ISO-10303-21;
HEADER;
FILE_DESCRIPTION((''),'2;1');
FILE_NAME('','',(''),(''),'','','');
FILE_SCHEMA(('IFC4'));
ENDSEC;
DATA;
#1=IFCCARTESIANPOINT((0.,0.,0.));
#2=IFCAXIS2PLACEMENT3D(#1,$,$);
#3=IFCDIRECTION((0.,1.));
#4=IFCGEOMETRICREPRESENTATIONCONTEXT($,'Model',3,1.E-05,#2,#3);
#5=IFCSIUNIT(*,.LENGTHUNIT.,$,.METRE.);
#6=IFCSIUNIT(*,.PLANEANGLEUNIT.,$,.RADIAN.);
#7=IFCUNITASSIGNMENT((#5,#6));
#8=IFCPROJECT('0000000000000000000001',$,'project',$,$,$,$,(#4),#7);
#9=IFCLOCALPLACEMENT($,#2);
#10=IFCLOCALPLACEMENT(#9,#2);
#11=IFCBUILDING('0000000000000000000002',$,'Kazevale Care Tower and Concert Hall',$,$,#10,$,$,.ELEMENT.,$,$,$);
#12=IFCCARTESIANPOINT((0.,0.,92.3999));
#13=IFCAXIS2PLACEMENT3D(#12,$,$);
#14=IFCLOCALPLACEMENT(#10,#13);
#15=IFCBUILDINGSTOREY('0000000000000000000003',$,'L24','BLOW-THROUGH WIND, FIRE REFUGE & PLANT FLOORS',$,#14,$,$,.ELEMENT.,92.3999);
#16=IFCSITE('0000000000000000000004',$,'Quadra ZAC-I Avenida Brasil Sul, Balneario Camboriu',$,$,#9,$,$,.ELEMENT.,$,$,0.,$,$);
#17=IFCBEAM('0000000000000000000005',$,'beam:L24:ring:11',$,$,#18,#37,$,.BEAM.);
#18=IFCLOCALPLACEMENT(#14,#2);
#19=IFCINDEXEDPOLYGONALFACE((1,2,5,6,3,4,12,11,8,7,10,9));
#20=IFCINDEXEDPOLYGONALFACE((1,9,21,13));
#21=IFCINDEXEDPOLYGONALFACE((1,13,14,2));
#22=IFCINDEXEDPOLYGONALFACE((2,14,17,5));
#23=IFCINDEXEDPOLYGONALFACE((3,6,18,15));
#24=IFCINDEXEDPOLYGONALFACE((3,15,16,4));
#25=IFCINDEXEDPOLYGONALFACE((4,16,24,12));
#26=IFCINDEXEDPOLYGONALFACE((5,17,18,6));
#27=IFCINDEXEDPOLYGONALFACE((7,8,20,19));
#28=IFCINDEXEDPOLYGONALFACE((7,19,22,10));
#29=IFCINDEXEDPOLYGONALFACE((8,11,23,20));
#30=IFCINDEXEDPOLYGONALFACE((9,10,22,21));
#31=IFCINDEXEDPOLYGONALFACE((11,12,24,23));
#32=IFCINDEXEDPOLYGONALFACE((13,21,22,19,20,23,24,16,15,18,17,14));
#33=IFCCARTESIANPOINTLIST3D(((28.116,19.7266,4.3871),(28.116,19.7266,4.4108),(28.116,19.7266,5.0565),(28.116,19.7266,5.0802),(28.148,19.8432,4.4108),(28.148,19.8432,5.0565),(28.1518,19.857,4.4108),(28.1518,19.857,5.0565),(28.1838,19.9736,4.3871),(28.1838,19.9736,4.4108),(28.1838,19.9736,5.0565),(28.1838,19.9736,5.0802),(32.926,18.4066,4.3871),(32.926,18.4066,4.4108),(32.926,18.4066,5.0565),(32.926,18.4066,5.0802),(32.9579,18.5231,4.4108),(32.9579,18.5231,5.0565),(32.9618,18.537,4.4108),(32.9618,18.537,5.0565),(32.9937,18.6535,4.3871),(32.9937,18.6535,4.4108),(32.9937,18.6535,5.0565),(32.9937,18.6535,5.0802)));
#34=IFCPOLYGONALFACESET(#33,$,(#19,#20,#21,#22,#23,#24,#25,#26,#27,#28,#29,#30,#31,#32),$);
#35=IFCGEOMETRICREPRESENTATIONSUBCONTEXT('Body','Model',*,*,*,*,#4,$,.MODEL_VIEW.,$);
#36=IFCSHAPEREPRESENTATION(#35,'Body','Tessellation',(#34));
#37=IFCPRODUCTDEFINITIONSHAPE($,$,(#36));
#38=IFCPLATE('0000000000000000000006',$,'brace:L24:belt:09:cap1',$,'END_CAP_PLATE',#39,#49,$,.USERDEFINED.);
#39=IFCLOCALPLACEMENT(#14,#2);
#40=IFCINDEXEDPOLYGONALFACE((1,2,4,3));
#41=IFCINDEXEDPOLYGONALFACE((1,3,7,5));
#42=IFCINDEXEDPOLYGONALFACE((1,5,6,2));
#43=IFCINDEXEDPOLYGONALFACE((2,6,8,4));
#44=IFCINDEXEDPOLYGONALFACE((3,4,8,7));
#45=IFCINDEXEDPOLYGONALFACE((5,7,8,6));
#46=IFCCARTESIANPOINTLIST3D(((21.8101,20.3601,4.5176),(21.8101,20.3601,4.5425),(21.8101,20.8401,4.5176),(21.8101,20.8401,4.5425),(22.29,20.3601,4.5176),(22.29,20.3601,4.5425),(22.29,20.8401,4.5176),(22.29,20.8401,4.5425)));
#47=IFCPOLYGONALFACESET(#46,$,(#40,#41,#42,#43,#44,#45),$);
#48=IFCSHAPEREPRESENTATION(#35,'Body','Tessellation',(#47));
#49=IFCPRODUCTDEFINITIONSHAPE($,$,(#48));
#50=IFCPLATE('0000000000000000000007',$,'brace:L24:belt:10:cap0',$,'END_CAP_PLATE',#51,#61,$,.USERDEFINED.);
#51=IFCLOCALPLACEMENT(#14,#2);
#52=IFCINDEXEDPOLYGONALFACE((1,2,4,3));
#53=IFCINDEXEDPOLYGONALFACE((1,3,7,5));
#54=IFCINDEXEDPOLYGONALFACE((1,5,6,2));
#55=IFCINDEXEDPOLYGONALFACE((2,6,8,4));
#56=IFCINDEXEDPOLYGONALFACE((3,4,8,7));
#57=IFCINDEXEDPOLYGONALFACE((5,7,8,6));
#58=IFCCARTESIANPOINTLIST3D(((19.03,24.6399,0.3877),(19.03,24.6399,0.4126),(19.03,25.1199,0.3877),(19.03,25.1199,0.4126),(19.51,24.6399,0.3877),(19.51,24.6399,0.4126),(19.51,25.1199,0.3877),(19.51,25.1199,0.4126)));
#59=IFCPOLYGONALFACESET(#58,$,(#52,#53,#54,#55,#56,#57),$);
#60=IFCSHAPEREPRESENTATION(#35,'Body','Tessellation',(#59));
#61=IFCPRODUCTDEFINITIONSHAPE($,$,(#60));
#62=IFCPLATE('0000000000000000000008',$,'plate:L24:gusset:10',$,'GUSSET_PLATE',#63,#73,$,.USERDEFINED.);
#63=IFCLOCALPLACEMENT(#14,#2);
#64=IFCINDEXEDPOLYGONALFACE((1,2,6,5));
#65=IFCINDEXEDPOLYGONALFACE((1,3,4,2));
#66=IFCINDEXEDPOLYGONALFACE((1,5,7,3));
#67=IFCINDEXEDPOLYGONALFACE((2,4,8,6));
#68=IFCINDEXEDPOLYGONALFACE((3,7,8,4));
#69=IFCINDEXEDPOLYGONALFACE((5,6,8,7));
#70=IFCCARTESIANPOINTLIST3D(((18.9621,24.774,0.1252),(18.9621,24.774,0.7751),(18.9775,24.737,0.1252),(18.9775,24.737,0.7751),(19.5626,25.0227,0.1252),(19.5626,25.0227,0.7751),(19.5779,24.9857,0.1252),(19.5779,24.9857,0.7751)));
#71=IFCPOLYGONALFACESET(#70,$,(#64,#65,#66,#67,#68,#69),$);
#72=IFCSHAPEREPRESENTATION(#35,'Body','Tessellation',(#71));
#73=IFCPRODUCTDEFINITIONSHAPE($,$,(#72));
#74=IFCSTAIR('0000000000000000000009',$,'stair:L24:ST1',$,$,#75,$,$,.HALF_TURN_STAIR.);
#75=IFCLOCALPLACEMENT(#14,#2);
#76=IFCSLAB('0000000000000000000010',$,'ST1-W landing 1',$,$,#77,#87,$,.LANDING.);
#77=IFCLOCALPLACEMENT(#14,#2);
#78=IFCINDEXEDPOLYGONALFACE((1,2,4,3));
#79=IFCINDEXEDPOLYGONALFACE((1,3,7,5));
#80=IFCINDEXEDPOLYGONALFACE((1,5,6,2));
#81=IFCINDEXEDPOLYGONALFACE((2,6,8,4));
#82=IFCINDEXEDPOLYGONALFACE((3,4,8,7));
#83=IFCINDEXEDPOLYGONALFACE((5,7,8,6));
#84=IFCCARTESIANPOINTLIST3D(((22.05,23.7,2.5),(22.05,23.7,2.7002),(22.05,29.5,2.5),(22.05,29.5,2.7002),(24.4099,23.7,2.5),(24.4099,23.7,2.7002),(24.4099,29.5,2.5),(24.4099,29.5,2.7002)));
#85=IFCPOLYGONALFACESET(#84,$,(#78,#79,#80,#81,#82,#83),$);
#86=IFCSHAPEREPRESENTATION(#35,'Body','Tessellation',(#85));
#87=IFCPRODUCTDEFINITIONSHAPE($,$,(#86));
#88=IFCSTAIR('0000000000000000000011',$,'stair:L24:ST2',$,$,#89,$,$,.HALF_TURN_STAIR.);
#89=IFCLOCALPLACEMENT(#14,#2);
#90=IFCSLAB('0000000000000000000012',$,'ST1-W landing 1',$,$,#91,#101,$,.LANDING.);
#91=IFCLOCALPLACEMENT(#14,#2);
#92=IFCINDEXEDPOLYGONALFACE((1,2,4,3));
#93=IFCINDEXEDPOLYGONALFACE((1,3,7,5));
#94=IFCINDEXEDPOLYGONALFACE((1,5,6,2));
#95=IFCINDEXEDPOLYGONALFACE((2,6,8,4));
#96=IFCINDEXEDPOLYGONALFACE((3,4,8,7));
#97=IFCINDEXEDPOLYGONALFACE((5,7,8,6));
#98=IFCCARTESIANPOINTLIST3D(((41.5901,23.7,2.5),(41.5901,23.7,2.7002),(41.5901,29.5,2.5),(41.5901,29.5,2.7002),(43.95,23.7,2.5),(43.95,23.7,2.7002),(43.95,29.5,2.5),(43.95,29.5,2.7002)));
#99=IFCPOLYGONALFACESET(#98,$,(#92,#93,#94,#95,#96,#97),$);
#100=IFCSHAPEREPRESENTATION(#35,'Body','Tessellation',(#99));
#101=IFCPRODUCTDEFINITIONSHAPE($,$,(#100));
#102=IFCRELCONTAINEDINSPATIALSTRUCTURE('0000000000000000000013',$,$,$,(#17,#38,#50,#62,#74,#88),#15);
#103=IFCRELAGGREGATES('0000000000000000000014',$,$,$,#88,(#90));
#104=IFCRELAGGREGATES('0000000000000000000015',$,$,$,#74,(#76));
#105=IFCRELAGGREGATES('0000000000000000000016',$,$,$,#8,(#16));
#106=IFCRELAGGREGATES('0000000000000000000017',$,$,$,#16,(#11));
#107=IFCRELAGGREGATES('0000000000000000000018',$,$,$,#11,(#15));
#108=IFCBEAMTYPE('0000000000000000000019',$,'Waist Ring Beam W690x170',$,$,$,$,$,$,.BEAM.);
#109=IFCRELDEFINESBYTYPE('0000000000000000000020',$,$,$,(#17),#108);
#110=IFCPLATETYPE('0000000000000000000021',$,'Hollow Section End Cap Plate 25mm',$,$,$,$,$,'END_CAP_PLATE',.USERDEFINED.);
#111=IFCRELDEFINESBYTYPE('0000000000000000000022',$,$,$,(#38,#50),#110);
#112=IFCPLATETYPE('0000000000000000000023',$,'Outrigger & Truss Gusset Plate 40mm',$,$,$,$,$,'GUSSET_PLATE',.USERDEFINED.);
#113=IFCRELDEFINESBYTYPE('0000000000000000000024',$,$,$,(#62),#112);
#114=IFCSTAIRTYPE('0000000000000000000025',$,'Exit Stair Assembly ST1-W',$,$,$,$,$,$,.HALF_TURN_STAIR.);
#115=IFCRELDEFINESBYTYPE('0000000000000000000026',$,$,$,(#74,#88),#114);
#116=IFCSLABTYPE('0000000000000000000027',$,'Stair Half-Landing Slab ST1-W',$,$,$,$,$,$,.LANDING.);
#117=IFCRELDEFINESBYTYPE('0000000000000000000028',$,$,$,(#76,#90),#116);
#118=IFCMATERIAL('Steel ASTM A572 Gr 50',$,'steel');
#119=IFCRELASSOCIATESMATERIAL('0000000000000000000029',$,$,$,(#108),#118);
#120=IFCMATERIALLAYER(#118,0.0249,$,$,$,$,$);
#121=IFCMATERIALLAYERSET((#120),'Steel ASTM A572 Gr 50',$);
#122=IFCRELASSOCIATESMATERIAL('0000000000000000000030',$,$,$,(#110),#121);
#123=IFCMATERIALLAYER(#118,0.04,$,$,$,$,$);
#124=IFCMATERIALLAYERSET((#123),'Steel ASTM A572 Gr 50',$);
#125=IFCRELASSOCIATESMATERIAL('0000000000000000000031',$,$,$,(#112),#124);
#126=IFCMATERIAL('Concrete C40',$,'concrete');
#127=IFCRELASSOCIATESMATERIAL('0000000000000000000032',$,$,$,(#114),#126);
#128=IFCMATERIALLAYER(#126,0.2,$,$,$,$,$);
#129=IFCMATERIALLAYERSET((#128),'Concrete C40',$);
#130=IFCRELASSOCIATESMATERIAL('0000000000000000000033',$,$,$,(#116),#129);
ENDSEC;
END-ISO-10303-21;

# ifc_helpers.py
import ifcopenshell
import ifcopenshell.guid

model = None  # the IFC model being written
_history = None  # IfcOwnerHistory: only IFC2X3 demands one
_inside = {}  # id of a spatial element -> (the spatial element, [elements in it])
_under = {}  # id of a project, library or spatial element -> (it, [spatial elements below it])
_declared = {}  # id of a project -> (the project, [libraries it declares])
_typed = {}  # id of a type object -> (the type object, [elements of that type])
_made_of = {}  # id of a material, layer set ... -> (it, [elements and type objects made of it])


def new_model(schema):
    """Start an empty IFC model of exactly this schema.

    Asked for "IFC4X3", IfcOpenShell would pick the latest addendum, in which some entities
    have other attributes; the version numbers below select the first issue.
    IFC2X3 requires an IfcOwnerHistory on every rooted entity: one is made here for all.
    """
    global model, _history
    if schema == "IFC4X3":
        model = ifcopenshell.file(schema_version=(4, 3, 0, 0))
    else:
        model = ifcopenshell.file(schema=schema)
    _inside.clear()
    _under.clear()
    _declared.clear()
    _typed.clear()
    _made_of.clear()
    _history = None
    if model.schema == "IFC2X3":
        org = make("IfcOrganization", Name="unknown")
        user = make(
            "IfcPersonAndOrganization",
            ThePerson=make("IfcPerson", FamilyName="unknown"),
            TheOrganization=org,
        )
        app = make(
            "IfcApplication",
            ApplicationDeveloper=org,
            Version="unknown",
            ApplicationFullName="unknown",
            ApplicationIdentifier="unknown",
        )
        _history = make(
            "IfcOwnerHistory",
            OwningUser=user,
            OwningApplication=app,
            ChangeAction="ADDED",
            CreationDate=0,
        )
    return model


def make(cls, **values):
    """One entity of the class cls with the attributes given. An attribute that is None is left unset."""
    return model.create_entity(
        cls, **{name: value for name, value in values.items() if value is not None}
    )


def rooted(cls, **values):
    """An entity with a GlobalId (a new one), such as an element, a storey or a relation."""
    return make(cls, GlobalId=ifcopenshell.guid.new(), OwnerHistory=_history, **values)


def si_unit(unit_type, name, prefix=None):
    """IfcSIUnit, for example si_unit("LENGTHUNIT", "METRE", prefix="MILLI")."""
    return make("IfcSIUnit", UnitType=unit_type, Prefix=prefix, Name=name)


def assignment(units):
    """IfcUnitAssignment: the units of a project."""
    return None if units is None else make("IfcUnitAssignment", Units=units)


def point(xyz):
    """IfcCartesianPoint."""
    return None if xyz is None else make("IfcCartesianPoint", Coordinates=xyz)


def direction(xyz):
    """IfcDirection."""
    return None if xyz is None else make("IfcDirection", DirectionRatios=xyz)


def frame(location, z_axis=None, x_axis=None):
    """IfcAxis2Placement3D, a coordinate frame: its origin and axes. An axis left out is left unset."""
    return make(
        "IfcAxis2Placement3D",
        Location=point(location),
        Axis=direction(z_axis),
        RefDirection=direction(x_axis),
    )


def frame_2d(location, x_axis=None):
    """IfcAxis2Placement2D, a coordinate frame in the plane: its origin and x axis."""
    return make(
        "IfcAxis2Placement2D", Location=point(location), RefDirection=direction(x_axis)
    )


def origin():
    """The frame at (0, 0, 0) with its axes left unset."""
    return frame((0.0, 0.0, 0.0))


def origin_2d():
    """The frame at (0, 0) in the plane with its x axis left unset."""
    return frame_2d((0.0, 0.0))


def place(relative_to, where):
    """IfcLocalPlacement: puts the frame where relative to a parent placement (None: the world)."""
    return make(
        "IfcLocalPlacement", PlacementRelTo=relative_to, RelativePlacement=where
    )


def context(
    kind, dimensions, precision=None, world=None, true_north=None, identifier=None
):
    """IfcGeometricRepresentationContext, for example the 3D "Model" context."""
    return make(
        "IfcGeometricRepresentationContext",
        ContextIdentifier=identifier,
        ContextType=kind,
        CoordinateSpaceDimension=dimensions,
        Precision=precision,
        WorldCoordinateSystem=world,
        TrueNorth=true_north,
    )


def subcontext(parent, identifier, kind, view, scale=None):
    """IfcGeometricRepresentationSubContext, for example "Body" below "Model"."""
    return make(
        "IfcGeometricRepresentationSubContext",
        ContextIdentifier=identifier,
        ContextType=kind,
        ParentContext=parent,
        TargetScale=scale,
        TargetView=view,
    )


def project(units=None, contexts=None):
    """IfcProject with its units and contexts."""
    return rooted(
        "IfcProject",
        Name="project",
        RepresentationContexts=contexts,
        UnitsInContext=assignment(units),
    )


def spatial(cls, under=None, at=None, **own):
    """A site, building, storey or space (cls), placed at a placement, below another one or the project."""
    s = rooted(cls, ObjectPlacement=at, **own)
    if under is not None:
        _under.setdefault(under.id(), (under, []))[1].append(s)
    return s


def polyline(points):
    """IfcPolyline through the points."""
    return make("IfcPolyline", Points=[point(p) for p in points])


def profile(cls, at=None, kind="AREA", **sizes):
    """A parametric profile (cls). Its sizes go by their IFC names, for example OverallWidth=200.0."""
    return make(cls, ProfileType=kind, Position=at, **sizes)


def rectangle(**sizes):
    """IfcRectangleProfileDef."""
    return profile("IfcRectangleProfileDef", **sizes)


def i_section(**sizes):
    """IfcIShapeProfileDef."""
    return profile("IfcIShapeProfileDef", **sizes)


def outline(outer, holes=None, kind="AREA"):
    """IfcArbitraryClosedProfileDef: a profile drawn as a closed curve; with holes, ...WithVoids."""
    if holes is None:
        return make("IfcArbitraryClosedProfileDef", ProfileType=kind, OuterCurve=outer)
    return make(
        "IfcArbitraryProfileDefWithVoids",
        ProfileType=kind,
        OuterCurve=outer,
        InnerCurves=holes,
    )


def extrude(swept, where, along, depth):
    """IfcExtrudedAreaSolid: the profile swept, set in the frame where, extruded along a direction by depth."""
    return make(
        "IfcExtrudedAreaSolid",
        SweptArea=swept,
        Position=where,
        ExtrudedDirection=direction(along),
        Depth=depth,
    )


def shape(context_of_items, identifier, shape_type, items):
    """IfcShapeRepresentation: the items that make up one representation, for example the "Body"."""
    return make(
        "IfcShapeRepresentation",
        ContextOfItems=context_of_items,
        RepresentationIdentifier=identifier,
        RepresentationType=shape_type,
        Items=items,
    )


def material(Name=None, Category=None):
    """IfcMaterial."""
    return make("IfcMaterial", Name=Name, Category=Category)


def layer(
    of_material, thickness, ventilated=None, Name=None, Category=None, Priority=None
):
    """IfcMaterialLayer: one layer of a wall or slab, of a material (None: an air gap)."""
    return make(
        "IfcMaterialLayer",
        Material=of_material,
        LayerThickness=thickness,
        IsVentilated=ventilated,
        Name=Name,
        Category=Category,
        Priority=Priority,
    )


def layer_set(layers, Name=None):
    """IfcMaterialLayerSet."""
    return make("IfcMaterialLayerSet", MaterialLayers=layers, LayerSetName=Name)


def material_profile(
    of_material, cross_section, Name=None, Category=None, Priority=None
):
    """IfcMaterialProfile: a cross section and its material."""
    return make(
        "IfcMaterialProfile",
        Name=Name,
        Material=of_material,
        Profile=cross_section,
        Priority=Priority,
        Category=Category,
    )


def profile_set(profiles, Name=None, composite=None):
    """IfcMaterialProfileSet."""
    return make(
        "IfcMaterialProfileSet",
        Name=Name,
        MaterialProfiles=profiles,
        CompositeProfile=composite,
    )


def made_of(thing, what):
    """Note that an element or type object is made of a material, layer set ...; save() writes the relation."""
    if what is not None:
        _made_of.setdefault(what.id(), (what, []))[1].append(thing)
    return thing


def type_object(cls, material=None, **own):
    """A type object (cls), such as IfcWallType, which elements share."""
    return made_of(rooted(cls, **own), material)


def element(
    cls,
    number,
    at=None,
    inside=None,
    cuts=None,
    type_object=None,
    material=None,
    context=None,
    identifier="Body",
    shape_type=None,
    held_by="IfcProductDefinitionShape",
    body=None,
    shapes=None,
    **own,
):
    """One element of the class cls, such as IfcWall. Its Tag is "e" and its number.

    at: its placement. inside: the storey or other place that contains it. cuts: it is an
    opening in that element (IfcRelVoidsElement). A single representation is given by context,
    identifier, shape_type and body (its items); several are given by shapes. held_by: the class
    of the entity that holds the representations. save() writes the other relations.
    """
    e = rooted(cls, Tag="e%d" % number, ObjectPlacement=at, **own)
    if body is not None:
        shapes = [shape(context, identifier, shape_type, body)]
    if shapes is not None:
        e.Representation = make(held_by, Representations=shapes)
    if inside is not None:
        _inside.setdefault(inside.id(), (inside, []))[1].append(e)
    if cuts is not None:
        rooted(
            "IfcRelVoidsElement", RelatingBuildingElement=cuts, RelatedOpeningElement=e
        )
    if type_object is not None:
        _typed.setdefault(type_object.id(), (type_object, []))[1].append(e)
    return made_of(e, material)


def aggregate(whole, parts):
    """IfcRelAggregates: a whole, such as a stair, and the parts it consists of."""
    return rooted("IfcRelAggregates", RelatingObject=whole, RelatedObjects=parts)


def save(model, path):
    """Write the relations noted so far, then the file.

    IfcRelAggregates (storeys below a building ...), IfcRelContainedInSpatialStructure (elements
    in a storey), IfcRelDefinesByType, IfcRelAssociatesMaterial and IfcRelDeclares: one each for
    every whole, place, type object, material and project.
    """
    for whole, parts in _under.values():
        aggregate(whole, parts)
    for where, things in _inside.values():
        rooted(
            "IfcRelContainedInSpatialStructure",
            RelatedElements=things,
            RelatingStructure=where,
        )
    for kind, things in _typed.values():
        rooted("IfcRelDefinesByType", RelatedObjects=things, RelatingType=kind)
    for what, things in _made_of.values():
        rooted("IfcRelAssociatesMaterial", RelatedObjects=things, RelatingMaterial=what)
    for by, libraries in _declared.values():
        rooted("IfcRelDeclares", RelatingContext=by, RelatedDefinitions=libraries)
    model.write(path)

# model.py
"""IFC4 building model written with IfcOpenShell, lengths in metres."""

from ifc_helpers import new_model, si_unit, direction, frame, origin, origin_2d, place, context, subcontext, project, spatial, polyline, rectangle, i_section, outline, extrude, material, layer, layer_set, material_profile, profile_set, type_object, element, aggregate, save


model = new_model("IFC4")

# Units and contexts
model_context = context("Model", 3, precision=1e-05, world=origin(), true_north=direction((0.0, 1.0)))
body_context = subcontext(model_context, "Body", "Model", "MODEL_VIEW")
ifc_project = project(units=[si_unit("LENGTHUNIT", "METRE"), si_unit("PLANEANGLEUNIT", "RADIAN")], contexts=[model_context])

# Site, building, storey
site_placement = place(None, origin())
site = spatial("IfcSite", under=ifc_project, at=site_placement, Name="Quadra ZAC-I Avenida Brasil Sul, Balneario Camboriu", CompositionType="ELEMENT", RefElevation=0.0)
building_placement = place(site_placement, origin())
building = spatial("IfcBuilding", under=site, at=building_placement, Name="Kazevale Care Tower and Concert Hall", CompositionType="ELEMENT")
storey_placement = place(building_placement, frame((0.0, 0.0, 92.3999)))
storey = spatial("IfcBuildingStorey", under=building, at=storey_placement, Name="L24", Description="BLOW-THROUGH WIND, FIRE REFUGE & PLANT FLOORS", CompositionType="ELEMENT", Elevation=92.3999)

# Shared definitions
ifc_material_1 = material(Name="Steel ASTM A572 Gr 50", Category="steel")

# Beam
ifc_material_profile_1 = material_profile(ifc_material_1, i_section(OverallWidth=0.2561, OverallDepth=0.6931, WebThickness=0.0144, FlangeThickness=0.0237, at=origin_2d()), Name="W690x170")
ifc_profile_set_1 = profile_set([ifc_material_profile_1], Name="Steel ASTM A572 Gr 50")
beam_type_1 = type_object("IfcBeamType", Name="Waist Ring Beam W690x170", PredefinedType="BEAM", material=ifc_profile_set_1)
beam_1_placement = place(storey_placement, frame((28.1499, 19.8501, 4.7336), z_axis=(0.964344, -0.264654, 0.0), x_axis=(0.264654, 0.964344, 0.0)))
element("IfcBeam", 1, at=beam_1_placement, inside=storey, type_object=beam_type_1, Name="beam:L24:ring:11", PredefinedType="BEAM", context=body_context, shape_type="SweptSolid", body=[
    extrude(i_section(OverallWidth=0.2561, OverallDepth=0.6931, WebThickness=0.0144, FlangeThickness=0.0237, at=origin_2d()), origin(), (0.0, 0.0, 1.0), 4.9878),
])

# Plates
ifc_layer_1 = layer(ifc_material_1, 0.0249)
ifc_layer_set_1 = layer_set([ifc_layer_1], Name="Steel ASTM A572 Gr 50")
plate_type_1 = type_object("IfcPlateType", Name="Hollow Section End Cap Plate 25mm", ElementType="END_CAP_PLATE", PredefinedType="USERDEFINED", material=ifc_layer_set_1)
for number, where, z_axis, x_axis, name in (
    (2, (22.05, 20.6001, 4.5176), (0.0, 0.0, 1.0), (1.0, 0.0, 0.0), "brace:L24:belt:09:cap1"),
    (3, (19.27, 24.8799, 0.3877), (0.0, 0.0, 1.0), (1.0, 0.0, 0.0), "brace:L24:belt:10:cap0"),
):
    element("IfcPlate", number, at=place(storey_placement, frame(where, z_axis=z_axis, x_axis=x_axis)), inside=storey, type_object=plate_type_1, Name=name, ObjectType="END_CAP_PLATE", PredefinedType="USERDEFINED", context=body_context, shape_type="SweptSolid", body=[
        extrude(rectangle(XDim=0.48, YDim=0.48, at=origin_2d()), origin(), (0.0, 0.0, 1.0), 0.0249),
    ])
ifc_layer_2 = layer(ifc_material_1, 0.04)
ifc_layer_set_2 = layer_set([ifc_layer_2], Name="Steel ASTM A572 Gr 50")
plate_type_2 = type_object("IfcPlateType", Name="Outrigger & Truss Gusset Plate 40mm", ElementType="GUSSET_PLATE", PredefinedType="USERDEFINED", material=ifc_layer_set_2)
plate_placement = place(storey_placement, frame((19.27, 24.8799, 0.1252), z_axis=(0.0, 0.0, 1.0), x_axis=(-0.92388, -0.382683, 0.0)))
element("IfcPlate", 4, at=plate_placement, inside=storey, type_object=plate_type_2, Name="plate:L24:gusset:10", ObjectType="GUSSET_PLATE", PredefinedType="USERDEFINED", context=body_context, shape_type="SweptSolid", body=[
    extrude(rectangle(XDim=0.6499, YDim=0.04, at=origin_2d()), origin(), (0.0, 0.0, 1.0), 0.6499),
])

# Stairs, slabs
ifc_material_2 = material(Name="Concrete C40", Category="concrete")
stair_type = type_object("IfcStairType", Name="Exit Stair Assembly ST1-W", PredefinedType="HALF_TURN_STAIR", material=ifc_material_2)
stair_1_placement = place(storey_placement, origin())
stair_1 = element("IfcStair", 5, at=stair_1_placement, inside=storey, type_object=stair_type, Name="stair:L24:ST1", PredefinedType="HALF_TURN_STAIR")
ifc_layer_3 = layer(ifc_material_2, 0.2)
ifc_layer_set_3 = layer_set([ifc_layer_3], Name="Concrete C40")
slab_type_1 = type_object("IfcSlabType", Name="Stair Half-Landing Slab ST1-W", PredefinedType="LANDING", material=ifc_layer_set_3)
slab_1_placement = place(storey_placement, frame((0.0, 0.0, 2.5)))
slab_1 = element("IfcSlab", 6, at=slab_1_placement, type_object=slab_type_1, Name="ST1-W landing 1", PredefinedType="LANDING", context=body_context, shape_type="SweptSolid", body=[
    extrude(outline(polyline([(22.05, 23.7), (24.4099, 23.7), (24.4099, 29.5), (22.05, 29.5), (22.05, 23.7)])), origin(), (0.0, 0.0, 1.0), 0.2002),
])
stair_2_placement = place(storey_placement, origin())
stair_2 = element("IfcStair", 7, at=stair_2_placement, inside=storey, type_object=stair_type, Name="stair:L24:ST2", PredefinedType="HALF_TURN_STAIR")
slab_2_placement = place(storey_placement, frame((0.0, 0.0, 2.5)))
slab_2 = element("IfcSlab", 8, at=slab_2_placement, type_object=slab_type_1, Name="ST1-W landing 1", PredefinedType="LANDING", context=body_context, shape_type="SweptSolid", body=[
    extrude(outline(polyline([(41.5901, 23.7), (43.95, 23.7), (43.95, 29.5), (41.5901, 29.5), (41.5901, 23.7)])), origin(), (0.0, 0.0, 1.0), 0.2002),
])
aggregate(stair_2, [slab_2])

aggregate(stair_1, [slab_1])

save(model, "model.ifc")
